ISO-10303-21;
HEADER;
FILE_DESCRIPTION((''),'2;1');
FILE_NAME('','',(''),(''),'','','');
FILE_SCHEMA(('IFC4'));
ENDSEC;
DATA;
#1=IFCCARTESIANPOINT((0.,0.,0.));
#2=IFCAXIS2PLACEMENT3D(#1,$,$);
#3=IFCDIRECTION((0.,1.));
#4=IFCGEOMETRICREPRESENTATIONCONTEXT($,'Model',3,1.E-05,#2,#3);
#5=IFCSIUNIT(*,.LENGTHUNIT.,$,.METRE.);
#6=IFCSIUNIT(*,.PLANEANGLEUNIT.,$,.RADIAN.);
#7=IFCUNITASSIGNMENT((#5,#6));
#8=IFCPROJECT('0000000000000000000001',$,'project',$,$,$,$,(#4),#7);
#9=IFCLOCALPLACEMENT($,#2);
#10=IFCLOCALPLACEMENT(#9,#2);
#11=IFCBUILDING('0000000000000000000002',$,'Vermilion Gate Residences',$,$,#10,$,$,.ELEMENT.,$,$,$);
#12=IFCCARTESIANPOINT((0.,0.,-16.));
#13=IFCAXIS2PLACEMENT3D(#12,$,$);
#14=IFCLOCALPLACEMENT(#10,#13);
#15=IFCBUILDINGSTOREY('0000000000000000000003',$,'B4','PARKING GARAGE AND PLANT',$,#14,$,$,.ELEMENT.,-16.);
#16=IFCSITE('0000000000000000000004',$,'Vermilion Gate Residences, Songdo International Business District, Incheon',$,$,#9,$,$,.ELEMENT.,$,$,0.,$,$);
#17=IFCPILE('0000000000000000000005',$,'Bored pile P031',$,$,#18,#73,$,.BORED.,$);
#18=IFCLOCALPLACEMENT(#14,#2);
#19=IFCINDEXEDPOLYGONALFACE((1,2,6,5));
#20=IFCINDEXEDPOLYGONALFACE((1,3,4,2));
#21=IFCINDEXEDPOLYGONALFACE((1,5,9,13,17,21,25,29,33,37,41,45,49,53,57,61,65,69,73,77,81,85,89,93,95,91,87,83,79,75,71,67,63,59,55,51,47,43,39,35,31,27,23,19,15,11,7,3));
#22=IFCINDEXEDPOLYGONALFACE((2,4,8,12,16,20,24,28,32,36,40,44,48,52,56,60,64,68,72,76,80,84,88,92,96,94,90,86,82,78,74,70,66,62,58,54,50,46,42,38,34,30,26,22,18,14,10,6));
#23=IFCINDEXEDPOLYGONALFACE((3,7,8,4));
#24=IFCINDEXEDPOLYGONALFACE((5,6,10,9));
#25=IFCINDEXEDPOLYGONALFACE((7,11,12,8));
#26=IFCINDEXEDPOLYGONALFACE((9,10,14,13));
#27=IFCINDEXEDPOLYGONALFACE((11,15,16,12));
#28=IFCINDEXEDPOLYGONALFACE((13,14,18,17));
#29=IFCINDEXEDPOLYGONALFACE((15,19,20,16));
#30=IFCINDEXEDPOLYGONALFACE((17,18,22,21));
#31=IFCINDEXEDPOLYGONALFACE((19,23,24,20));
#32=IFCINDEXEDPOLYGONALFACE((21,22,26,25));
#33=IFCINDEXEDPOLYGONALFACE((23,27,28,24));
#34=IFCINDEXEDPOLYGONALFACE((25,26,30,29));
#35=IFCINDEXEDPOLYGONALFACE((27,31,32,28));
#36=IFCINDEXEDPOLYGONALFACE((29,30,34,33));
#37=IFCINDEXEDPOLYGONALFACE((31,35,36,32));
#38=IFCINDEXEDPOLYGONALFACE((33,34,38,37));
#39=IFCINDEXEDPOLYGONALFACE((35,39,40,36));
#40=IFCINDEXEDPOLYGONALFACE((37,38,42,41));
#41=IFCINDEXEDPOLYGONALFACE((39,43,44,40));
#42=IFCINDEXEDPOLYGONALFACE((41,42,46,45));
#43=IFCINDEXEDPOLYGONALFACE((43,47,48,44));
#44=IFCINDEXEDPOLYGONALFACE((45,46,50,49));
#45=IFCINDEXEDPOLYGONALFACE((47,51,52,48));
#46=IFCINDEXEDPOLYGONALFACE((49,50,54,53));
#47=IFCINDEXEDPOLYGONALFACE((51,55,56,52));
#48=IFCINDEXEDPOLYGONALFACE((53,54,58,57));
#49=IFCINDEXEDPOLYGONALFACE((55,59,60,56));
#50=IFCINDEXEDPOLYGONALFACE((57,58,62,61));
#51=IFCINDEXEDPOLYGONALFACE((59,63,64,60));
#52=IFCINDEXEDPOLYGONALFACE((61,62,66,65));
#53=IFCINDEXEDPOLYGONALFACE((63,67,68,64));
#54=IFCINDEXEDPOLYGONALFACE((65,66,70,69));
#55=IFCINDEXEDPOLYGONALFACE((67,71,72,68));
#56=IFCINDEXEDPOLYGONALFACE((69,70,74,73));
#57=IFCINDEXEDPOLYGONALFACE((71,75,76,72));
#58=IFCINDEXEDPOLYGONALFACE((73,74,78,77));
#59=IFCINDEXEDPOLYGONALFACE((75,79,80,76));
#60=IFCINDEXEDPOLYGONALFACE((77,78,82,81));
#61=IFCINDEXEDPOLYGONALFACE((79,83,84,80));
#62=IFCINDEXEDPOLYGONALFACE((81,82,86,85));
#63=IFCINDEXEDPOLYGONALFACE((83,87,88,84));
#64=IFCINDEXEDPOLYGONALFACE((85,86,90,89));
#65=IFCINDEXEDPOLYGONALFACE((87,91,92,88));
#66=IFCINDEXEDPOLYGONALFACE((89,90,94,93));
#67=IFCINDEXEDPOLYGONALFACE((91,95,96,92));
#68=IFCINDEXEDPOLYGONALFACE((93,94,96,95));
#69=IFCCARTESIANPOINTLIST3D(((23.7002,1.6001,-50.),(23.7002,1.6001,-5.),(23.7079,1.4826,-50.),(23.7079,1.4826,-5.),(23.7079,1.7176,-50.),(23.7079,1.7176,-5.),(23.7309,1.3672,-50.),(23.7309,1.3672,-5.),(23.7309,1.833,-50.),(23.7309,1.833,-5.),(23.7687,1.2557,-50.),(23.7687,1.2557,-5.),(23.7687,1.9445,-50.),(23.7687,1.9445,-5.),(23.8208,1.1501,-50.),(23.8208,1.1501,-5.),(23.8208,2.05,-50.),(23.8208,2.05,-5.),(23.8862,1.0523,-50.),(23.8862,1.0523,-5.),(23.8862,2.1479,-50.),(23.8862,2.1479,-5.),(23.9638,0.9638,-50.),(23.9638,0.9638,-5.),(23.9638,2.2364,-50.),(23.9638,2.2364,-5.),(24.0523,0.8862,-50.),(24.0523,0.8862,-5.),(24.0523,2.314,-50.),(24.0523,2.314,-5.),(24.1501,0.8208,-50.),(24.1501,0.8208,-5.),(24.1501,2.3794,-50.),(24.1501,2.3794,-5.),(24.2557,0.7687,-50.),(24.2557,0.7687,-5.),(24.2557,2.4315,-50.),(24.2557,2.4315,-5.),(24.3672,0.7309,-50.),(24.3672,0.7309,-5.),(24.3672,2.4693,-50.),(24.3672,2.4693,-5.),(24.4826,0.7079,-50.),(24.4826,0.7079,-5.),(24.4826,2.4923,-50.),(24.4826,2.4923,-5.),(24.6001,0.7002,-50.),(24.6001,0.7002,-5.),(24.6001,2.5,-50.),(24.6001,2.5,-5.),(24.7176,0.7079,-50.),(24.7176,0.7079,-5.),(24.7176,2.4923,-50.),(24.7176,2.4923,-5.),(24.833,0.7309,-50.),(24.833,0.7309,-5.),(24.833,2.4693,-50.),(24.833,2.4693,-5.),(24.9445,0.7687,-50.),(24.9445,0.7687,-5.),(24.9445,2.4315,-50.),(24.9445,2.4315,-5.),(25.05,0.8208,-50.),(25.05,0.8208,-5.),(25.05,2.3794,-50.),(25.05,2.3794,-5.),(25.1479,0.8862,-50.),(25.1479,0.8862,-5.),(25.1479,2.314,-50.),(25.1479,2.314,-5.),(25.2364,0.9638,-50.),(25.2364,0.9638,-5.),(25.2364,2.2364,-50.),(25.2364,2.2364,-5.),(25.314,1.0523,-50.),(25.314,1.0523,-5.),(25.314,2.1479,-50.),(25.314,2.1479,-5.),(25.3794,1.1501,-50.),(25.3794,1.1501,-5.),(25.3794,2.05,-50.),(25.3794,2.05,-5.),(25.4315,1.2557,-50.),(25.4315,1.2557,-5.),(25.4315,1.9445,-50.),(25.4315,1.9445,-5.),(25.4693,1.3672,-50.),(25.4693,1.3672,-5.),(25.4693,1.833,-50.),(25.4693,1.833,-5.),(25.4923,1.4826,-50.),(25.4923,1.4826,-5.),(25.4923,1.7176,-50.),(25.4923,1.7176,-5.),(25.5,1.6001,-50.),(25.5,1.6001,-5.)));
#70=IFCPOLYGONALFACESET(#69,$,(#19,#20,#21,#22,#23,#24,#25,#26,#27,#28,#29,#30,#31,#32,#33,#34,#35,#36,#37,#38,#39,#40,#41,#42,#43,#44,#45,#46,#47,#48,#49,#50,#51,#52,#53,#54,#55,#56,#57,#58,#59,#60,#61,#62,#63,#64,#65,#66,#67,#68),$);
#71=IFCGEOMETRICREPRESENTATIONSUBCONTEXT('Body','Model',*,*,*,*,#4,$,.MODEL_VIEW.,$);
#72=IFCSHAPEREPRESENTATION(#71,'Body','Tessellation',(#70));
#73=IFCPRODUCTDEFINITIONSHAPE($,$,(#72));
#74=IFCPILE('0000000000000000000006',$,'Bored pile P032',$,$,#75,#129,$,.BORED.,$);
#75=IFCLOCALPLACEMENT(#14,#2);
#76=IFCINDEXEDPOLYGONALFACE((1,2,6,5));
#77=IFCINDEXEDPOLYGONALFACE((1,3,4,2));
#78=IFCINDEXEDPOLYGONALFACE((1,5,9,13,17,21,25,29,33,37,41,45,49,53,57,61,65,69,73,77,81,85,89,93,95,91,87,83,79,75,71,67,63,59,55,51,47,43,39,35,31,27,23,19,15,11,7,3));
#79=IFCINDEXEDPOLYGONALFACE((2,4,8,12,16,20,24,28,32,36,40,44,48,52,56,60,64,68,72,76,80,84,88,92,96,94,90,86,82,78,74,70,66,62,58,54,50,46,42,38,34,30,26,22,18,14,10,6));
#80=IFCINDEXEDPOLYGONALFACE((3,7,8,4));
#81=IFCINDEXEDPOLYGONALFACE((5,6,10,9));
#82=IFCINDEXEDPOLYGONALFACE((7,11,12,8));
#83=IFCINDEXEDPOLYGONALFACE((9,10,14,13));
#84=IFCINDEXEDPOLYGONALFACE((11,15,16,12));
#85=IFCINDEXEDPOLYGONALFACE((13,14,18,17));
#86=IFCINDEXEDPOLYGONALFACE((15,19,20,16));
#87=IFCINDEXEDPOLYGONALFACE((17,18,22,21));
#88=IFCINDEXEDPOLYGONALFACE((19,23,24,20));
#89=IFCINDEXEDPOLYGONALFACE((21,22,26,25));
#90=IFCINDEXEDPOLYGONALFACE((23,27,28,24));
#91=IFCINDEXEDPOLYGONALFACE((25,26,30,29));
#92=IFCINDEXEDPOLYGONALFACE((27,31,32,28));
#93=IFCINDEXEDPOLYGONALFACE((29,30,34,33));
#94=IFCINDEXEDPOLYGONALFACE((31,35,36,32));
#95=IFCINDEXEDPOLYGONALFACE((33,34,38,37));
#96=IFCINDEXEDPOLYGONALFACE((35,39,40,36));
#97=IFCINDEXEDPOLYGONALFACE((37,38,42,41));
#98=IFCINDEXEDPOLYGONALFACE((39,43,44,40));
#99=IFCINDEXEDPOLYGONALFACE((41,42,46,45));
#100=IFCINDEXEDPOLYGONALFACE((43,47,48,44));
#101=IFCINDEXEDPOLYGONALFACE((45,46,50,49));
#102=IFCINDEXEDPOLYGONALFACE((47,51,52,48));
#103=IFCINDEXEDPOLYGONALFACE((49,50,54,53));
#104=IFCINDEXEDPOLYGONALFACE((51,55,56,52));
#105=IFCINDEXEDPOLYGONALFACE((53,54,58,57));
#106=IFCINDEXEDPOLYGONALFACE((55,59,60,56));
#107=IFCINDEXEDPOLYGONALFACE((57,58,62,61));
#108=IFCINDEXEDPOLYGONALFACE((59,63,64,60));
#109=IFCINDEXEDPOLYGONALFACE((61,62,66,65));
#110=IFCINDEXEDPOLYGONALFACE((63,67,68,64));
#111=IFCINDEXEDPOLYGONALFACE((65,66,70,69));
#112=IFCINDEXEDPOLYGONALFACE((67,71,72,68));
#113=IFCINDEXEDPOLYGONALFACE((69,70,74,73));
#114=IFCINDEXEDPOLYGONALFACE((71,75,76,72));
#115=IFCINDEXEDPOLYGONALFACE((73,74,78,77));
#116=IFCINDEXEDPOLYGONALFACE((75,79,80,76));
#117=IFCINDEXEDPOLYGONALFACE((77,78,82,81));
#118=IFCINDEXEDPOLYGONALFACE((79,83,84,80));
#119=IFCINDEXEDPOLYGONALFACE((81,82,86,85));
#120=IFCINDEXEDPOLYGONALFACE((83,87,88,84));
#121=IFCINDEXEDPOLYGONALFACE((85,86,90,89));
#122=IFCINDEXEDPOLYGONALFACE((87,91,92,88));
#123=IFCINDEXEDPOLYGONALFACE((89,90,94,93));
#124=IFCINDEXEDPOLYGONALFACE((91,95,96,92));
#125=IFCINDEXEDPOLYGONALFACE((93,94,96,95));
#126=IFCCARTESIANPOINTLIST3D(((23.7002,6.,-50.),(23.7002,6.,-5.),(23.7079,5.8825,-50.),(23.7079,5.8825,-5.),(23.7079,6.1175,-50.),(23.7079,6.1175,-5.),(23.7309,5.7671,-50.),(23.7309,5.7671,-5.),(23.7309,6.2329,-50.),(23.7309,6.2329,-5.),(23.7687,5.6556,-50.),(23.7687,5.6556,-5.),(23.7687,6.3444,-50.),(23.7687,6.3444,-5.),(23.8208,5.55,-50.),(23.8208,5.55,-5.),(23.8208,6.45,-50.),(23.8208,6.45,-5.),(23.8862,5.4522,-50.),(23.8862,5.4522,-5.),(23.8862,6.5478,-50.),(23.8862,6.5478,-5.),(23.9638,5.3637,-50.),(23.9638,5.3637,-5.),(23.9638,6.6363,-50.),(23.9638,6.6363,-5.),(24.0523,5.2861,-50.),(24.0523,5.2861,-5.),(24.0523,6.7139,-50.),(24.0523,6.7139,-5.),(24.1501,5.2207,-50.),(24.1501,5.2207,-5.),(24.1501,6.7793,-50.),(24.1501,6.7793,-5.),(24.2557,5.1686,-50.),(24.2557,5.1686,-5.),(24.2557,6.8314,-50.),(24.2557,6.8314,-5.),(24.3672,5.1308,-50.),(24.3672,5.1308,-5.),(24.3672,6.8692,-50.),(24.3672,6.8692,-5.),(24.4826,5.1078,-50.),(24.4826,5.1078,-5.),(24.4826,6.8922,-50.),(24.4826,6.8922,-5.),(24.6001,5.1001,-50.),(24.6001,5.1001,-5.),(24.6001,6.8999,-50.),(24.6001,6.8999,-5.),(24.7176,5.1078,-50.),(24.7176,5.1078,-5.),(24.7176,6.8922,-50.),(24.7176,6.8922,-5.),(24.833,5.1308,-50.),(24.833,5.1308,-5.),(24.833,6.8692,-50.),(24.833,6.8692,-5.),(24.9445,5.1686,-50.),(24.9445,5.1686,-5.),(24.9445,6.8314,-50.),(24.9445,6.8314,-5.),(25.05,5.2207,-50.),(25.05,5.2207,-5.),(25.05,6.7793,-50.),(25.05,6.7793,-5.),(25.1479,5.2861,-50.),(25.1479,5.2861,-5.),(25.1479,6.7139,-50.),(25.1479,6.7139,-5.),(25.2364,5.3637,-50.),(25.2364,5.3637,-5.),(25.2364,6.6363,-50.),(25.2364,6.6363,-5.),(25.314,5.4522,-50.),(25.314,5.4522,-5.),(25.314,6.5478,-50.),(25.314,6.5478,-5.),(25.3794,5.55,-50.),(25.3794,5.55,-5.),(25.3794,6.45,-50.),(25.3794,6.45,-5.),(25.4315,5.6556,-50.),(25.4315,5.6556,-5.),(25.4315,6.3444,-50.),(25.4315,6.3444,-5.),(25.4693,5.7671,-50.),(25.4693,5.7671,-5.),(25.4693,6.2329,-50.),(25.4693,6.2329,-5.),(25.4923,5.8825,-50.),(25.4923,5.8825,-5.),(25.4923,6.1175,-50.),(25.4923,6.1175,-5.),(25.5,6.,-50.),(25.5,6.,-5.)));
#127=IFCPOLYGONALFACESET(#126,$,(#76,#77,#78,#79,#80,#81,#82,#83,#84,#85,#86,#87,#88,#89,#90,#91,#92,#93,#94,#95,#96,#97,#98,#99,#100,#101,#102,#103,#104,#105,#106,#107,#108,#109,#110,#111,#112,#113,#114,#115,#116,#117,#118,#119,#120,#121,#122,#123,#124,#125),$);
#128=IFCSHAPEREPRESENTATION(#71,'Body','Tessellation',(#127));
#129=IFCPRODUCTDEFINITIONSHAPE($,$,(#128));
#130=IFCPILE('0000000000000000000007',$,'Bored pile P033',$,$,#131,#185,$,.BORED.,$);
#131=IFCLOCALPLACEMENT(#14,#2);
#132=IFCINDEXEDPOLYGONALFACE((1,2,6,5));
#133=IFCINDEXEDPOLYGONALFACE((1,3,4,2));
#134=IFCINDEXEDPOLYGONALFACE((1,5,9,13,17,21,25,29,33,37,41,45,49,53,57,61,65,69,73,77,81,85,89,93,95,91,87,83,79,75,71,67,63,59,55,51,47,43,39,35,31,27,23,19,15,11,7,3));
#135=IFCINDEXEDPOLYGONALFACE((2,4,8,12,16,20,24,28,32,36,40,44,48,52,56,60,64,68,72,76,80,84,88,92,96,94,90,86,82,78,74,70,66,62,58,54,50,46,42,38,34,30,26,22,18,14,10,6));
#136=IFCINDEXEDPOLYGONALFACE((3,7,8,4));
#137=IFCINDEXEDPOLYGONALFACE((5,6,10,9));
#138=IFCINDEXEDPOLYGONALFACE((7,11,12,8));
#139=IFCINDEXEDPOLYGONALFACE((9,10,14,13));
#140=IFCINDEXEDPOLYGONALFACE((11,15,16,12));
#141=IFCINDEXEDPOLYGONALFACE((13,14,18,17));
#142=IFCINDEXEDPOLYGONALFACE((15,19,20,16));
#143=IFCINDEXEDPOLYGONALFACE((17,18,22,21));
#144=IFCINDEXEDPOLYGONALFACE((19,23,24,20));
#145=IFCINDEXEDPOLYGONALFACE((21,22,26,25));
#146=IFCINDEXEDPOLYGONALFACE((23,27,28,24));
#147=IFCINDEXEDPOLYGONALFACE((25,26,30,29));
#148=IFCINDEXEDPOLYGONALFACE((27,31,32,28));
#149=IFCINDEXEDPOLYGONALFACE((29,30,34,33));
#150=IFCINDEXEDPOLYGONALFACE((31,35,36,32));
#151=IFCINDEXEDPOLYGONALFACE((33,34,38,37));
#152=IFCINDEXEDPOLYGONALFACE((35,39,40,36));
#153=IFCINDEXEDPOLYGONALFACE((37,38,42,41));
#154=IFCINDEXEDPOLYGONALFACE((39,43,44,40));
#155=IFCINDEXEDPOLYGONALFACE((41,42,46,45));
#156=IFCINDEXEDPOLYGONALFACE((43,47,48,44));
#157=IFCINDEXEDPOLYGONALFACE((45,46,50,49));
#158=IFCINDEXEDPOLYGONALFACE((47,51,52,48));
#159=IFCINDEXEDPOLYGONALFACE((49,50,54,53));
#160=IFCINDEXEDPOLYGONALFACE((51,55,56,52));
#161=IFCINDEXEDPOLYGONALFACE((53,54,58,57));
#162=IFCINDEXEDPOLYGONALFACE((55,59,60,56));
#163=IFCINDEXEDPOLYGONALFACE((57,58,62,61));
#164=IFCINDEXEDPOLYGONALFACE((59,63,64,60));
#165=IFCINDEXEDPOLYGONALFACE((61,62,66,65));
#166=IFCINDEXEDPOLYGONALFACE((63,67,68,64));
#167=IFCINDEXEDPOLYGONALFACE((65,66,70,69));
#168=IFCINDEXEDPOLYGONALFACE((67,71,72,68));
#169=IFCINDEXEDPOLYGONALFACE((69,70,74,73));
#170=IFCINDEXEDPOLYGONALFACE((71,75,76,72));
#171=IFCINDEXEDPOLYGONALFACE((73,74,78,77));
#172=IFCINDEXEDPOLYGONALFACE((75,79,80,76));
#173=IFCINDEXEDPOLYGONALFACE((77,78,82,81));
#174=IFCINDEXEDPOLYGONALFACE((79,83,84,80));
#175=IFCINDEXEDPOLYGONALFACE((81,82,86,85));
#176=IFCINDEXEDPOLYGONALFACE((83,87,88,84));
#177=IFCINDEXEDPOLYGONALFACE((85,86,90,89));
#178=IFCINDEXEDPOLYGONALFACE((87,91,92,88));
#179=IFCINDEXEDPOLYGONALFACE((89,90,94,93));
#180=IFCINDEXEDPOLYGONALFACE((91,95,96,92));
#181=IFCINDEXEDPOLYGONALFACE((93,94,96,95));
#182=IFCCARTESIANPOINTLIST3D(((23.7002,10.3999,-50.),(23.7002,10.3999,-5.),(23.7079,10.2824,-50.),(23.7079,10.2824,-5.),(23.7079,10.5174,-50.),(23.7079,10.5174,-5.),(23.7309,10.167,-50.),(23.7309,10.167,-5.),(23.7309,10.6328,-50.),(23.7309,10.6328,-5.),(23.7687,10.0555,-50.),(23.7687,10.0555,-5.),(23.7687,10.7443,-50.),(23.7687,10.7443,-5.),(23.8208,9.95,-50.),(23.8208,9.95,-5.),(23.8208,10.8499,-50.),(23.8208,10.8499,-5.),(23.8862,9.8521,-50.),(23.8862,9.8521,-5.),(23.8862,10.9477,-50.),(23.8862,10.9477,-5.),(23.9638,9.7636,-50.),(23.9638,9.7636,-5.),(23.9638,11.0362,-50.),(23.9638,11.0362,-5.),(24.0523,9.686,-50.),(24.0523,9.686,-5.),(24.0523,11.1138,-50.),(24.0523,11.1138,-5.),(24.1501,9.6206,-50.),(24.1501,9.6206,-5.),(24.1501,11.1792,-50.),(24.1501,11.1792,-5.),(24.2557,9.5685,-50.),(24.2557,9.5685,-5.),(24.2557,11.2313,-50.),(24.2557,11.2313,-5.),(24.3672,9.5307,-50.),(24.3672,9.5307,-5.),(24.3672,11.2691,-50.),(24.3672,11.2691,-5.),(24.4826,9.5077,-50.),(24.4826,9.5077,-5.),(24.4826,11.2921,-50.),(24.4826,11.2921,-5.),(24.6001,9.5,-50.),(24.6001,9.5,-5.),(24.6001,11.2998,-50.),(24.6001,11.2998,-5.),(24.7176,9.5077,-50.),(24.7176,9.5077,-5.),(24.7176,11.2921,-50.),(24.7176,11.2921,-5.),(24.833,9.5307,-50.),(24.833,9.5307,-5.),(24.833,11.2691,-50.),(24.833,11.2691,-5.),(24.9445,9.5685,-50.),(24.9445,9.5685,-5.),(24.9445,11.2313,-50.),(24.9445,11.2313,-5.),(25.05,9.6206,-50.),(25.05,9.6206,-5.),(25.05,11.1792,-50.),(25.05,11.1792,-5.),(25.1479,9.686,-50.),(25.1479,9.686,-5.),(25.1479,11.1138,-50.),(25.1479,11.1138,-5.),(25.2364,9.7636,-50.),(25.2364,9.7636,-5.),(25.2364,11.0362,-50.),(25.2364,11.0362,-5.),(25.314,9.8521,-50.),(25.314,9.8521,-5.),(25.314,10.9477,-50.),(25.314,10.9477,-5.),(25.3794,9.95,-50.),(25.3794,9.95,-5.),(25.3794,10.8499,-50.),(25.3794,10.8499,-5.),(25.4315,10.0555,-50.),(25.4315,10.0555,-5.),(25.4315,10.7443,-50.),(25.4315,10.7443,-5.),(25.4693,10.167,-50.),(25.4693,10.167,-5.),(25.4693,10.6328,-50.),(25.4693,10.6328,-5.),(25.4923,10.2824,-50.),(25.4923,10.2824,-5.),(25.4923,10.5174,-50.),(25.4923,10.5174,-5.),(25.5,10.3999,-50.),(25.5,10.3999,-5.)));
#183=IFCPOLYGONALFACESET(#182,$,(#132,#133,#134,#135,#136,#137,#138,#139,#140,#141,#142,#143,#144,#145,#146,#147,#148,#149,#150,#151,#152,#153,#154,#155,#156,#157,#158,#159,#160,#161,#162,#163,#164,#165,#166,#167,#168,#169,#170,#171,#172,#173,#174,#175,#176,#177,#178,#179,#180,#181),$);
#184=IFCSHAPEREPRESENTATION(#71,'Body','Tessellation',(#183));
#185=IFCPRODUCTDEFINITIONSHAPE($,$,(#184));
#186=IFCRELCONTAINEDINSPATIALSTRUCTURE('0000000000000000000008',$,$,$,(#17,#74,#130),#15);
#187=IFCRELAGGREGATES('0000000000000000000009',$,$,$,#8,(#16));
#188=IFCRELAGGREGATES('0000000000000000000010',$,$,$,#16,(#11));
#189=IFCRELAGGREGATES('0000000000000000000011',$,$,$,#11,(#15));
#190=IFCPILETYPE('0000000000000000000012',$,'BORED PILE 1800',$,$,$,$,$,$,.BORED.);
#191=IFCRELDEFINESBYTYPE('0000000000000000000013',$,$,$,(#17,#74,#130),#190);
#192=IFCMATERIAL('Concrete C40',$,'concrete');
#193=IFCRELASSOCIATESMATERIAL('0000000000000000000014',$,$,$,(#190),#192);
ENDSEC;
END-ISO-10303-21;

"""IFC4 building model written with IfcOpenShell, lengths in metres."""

from ifc_helpers import new_model, si_unit, direction, frame, origin, origin_2d, place, context, subcontext, project, spatial, circle, extrude, material, material_profile, profile_set, type_object, element, save


model = new_model("IFC4")

# Units and contexts
model_context = context("Model", 3, precision=1e-05, world=origin(), true_north=direction((0.0, 1.0)))
body_context = subcontext(model_context, "Body", "Model", "MODEL_VIEW")
ifc_project = project(units=[si_unit("LENGTHUNIT", "METRE"), si_unit("PLANEANGLEUNIT", "RADIAN")], contexts=[model_context])

# Site, building, storey
site_placement = place(None, origin())
site = spatial("IfcSite", under=ifc_project, at=site_placement, Name="Vermilion Gate Residences, Songdo International Business District, Incheon", CompositionType="ELEMENT", RefElevation=0.0)
building_placement = place(site_placement, origin())
building = spatial("IfcBuilding", under=site, at=building_placement, Name="Vermilion Gate Residences", CompositionType="ELEMENT")
storey_placement = place(building_placement, frame((0.0, 0.0, -16.0)))
storey = spatial("IfcBuildingStorey", under=building, at=storey_placement, Name="B4", Description="PARKING GARAGE AND PLANT", CompositionType="ELEMENT", Elevation=-16.0)

# Piles
ifc_material_1 = material(Name="Concrete C40", Category="concrete")
ifc_material_profile_1 = material_profile(ifc_material_1, circle(Radius=0.8999, at=origin_2d()), Name="BORED PILE 1800")
ifc_profile_set_1 = profile_set([ifc_material_profile_1], Name="Concrete C40")
pile_type = type_object("IfcPileType", Name="BORED PILE 1800", PredefinedType="BORED", material=ifc_profile_set_1)
for number, where, z_axis, x_axis, name in (
    (1, (24.6001, 1.6001, -5.0), (0.0, 0.0, -1.0), (1.0, 0.0, 0.0), "Bored pile P031"),
    (2, (24.6001, 6.0, -5.0), (0.0, 0.0, -1.0), (1.0, 0.0, 0.0), "Bored pile P032"),
    (3, (24.6001, 10.3999, -5.0), (0.0, 0.0, -1.0), (1.0, 0.0, 0.0), "Bored pile P033"),
):
    element("IfcPile", number, at=place(storey_placement, frame(where, z_axis=z_axis, x_axis=x_axis)), inside=storey, type_object=pile_type, Name=name, PredefinedType="BORED", context=body_context, shape_type="SweptSolid", body=[
        extrude(circle(Radius=0.8999, at=origin_2d()), origin(), (0.0, 0.0, 1.0), 45.0),
    ])

save(model, "model.ifc")
